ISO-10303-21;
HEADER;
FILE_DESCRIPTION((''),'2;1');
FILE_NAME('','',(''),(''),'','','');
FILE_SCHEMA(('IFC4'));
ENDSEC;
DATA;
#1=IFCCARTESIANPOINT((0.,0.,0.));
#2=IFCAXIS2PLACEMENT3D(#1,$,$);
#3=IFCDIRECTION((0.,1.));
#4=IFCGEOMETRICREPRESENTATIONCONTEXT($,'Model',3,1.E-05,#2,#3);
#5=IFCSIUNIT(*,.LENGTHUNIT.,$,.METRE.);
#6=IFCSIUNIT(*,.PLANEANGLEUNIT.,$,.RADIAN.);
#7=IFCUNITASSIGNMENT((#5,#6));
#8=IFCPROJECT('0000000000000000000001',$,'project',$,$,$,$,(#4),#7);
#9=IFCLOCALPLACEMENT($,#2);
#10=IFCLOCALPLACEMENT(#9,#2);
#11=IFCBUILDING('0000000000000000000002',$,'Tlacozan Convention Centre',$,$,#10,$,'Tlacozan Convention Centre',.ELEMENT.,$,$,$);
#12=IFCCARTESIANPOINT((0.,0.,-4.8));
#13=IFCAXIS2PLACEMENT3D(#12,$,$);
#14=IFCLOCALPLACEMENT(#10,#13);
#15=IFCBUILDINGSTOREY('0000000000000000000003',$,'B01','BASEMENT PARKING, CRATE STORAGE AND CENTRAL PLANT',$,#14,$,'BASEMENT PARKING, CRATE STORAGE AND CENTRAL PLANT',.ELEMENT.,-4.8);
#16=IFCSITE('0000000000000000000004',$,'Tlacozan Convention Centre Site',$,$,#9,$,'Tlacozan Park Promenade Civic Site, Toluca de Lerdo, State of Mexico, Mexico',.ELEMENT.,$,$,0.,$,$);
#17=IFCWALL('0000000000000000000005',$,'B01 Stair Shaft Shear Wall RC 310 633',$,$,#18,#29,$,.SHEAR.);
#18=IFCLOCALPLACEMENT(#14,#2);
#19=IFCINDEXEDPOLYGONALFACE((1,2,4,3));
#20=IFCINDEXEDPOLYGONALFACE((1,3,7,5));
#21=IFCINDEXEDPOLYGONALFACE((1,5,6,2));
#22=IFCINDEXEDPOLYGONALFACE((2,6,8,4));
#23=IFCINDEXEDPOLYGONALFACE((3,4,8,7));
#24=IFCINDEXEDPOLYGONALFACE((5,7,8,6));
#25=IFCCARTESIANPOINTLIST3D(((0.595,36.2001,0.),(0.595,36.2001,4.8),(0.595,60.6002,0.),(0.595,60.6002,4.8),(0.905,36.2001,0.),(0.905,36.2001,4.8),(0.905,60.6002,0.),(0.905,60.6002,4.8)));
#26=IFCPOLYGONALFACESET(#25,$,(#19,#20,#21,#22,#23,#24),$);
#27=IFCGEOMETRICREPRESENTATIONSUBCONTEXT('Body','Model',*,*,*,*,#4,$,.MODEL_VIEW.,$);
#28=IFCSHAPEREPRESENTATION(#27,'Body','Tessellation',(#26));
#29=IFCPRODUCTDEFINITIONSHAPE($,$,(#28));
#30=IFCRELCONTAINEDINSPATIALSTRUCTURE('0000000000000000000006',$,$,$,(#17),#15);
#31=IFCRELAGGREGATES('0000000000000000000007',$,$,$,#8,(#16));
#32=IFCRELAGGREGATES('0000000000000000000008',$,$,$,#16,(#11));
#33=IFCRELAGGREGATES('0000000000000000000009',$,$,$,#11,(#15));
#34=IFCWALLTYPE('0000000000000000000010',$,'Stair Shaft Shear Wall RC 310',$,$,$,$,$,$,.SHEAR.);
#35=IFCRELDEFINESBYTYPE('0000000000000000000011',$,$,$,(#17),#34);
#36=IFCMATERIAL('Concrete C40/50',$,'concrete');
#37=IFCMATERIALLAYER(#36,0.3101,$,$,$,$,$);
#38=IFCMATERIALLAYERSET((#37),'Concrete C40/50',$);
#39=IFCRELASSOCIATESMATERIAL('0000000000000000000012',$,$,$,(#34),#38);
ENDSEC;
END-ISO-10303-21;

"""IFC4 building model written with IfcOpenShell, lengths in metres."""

from ifc_helpers import new_model, si_unit, direction, frame, frame_2d, origin, place, context, subcontext, project, spatial, rectangle, extrude, material, layer, layer_set, type_object, element, save


model = new_model("IFC4")

# Units and contexts
model_context = context("Model", 3, precision=1e-05, world=origin(), true_north=direction((0.0, 1.0)))
body_context = subcontext(model_context, "Body", "Model", "MODEL_VIEW")
ifc_project = project(units=[si_unit("LENGTHUNIT", "METRE"), si_unit("PLANEANGLEUNIT", "RADIAN")], contexts=[model_context])

# Site, building, storey
site_placement = place(None, origin())
site = spatial("IfcSite", under=ifc_project, at=site_placement, Name="Tlacozan Convention Centre Site", LongName="Tlacozan Park Promenade Civic Site, Toluca de Lerdo, State of Mexico, Mexico", CompositionType="ELEMENT", RefElevation=0.0)
building_placement = place(site_placement, origin())
building = spatial("IfcBuilding", under=site, at=building_placement, Name="Tlacozan Convention Centre", LongName="Tlacozan Convention Centre", CompositionType="ELEMENT")
storey_placement = place(building_placement, frame((0.0, 0.0, -4.8)))
storey = spatial("IfcBuildingStorey", under=building, at=storey_placement, Name="B01", Description="BASEMENT PARKING, CRATE STORAGE AND CENTRAL PLANT", LongName="BASEMENT PARKING, CRATE STORAGE AND CENTRAL PLANT", CompositionType="ELEMENT", Elevation=-4.8)

# Shared definitions
ifc_material_1 = material(Name="Concrete C40/50", Category="concrete")

# Wall
ifc_layer_1 = layer(ifc_material_1, 0.3101)
ifc_layer_set_1 = layer_set([ifc_layer_1], Name="Concrete C40/50")
wall_type_1 = type_object("IfcWallType", Name="Stair Shaft Shear Wall RC 310", PredefinedType="SHEAR", material=ifc_layer_set_1)
for number, where, z_axis, x_axis, name in (
    (1, (0.75, 36.2, 0.0), (0.0, 0.0, 1.0), (0.0, 1.0, 0.0), "B01 Stair Shaft Shear Wall RC 310 633"),
):
    element("IfcWall", number, at=place(storey_placement, frame(where, z_axis=z_axis, x_axis=x_axis)), inside=storey, type_object=wall_type_1, Name=name, PredefinedType="SHEAR", context=body_context, shape_type="SweptSolid", body=[
        extrude(rectangle(XDim=24.4001, YDim=0.3101, at=frame_2d((12.2002, 0.0))), origin(), (0.0, 0.0, 1.0), 4.8),
    ])

save(model, "model.ifc")
